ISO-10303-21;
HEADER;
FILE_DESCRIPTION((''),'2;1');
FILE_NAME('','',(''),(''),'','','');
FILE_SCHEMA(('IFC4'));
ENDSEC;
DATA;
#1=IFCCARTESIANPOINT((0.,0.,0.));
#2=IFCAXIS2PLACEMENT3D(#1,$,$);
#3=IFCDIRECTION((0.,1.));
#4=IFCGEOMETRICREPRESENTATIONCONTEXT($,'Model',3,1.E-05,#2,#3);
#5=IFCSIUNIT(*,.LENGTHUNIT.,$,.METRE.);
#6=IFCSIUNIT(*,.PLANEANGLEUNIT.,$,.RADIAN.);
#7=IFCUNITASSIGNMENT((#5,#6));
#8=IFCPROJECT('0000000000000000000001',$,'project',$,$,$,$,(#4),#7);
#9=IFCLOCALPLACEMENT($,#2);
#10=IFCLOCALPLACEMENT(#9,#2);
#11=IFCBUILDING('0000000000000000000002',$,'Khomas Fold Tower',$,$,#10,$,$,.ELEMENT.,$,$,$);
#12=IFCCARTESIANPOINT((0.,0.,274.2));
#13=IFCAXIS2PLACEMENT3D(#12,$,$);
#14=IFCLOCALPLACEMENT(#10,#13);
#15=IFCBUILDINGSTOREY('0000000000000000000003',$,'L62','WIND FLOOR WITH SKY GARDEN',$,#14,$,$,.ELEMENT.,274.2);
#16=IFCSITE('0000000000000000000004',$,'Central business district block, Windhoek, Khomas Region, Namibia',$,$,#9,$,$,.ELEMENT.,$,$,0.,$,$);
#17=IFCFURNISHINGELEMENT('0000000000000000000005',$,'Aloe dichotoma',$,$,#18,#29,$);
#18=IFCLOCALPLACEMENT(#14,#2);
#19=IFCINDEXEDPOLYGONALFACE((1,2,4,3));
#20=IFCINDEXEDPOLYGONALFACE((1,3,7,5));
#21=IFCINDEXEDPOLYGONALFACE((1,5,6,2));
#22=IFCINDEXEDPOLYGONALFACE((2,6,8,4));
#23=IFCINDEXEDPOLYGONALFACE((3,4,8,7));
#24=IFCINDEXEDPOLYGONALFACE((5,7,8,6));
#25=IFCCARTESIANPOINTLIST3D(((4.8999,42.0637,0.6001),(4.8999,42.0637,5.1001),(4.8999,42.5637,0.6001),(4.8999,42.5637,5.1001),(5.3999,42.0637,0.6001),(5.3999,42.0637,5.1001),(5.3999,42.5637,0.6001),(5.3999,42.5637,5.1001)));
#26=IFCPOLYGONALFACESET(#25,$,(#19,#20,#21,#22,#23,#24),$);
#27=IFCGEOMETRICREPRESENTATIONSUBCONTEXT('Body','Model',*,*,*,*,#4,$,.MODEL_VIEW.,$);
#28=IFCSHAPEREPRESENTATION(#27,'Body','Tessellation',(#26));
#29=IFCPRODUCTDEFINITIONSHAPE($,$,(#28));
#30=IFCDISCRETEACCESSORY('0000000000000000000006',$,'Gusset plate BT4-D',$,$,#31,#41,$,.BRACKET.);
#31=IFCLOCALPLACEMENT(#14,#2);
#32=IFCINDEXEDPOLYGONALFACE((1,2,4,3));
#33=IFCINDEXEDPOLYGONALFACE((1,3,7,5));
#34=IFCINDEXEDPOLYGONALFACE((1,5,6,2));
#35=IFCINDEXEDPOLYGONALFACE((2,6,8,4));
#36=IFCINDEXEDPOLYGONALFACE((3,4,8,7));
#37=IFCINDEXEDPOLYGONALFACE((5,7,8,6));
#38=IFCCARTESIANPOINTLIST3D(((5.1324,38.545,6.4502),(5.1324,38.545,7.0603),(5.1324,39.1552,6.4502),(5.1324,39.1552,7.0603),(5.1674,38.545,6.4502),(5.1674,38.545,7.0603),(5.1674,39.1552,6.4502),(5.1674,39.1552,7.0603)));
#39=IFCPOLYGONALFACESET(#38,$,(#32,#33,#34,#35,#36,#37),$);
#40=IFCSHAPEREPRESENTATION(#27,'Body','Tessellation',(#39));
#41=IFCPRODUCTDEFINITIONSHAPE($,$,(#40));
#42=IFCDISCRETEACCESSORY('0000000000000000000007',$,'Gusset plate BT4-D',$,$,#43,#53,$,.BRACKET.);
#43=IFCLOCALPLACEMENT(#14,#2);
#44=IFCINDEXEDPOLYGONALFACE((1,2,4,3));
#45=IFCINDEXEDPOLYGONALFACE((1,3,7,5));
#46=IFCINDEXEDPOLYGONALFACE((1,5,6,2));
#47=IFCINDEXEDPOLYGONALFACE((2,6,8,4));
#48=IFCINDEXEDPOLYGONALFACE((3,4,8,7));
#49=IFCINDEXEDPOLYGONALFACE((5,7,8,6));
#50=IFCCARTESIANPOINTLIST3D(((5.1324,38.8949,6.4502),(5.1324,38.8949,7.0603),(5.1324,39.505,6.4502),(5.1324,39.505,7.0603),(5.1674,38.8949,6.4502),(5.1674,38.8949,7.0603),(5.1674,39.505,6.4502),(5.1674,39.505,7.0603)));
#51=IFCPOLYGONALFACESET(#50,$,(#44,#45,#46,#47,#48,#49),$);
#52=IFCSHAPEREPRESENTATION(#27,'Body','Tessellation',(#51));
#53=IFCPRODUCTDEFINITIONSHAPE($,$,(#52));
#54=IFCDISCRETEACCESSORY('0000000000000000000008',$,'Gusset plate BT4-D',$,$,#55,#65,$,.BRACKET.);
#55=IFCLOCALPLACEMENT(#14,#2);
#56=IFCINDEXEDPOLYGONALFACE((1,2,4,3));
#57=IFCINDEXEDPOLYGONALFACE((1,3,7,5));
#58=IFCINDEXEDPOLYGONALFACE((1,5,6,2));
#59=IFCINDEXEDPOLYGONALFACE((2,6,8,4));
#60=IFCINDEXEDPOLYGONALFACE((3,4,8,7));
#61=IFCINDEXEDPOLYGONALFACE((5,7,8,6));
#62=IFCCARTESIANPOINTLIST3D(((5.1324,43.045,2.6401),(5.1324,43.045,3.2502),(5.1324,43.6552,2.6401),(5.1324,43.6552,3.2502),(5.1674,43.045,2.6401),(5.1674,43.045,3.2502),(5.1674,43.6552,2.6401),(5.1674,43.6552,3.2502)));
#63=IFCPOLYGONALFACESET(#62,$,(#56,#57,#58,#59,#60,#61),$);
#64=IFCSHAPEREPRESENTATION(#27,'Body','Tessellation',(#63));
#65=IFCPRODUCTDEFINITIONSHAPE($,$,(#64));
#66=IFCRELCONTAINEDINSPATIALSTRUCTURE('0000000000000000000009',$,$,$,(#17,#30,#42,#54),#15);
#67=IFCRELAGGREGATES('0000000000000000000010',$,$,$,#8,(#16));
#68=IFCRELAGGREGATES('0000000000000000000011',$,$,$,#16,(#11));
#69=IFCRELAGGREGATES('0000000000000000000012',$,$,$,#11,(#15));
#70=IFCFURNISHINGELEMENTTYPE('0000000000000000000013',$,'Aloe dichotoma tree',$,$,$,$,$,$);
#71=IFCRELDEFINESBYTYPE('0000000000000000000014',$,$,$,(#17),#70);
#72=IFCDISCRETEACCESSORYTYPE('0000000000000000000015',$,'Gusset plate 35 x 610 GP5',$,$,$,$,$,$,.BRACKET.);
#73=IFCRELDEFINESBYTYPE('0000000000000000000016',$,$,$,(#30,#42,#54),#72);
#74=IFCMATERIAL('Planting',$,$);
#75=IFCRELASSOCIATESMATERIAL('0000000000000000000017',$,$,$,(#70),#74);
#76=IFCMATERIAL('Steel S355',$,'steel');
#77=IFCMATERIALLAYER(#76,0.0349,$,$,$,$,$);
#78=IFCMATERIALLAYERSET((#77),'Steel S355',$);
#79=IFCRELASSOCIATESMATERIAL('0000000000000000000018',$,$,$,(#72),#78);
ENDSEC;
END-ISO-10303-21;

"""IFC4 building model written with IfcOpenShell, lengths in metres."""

from ifc_helpers import new_model, si_unit, direction, frame, origin, origin_2d, place, context, subcontext, project, spatial, rectangle, extrude, source, transform, mapped, material, layer, layer_set, type_object, element, save


model = new_model("IFC4")

# Units and contexts
model_context = context("Model", 3, precision=1e-05, world=origin(), true_north=direction((0.0, 1.0)))
body_context = subcontext(model_context, "Body", "Model", "MODEL_VIEW")
ifc_project = project(units=[si_unit("LENGTHUNIT", "METRE"), si_unit("PLANEANGLEUNIT", "RADIAN")], contexts=[model_context])

# Site, building, storey
site_placement = place(None, origin())
site = spatial("IfcSite", under=ifc_project, at=site_placement, Name="Central business district block, Windhoek, Khomas Region, Namibia", CompositionType="ELEMENT", RefElevation=0.0)
building_placement = place(site_placement, origin())
building = spatial("IfcBuilding", under=site, at=building_placement, Name="Khomas Fold Tower", CompositionType="ELEMENT")
storey_placement = place(building_placement, frame((0.0, 0.0, 274.2)))
storey = spatial("IfcBuildingStorey", under=building, at=storey_placement, Name="L62", Description="WIND FLOOR WITH SKY GARDEN", CompositionType="ELEMENT", Elevation=274.2)

# Furnishing element
ifc_material_1 = material(Name="Planting")
furnishing_element_type_1 = type_object("IfcFurnishingElementType", Name="Aloe dichotoma tree", material=ifc_material_1)
shared_shape_1 = source(origin(), body_context, "Body", "SweptSolid", [
    extrude(rectangle(XDim=0.5, YDim=0.5, at=origin_2d()), origin(), (0.0, 0.0, 1.0), 4.5),
])
furnishing_1_placement = place(storey_placement, frame((5.1499, 42.3137, 0.6001), z_axis=(0.0, 0.0, 1.0), x_axis=(1.0, 0.0, 0.0)))
element("IfcFurnishingElement", 1, at=furnishing_1_placement, inside=storey, type_object=furnishing_element_type_1, Name="Aloe dichotoma", context=body_context, shape_type="MappedRepresentation", body=[
    mapped(shared_shape_1, transform((0.0, 0.0, 0.0))),
])

# Discrete accessories
ifc_material_2 = material(Name="Steel S355", Category="steel")
ifc_layer_1 = layer(ifc_material_2, 0.0349)
ifc_layer_set_1 = layer_set([ifc_layer_1], Name="Steel S355")
discrete_accessory_type = type_object("IfcDiscreteAccessoryType", Name="Gusset plate 35 x 610 GP5", PredefinedType="BRACKET", material=ifc_layer_set_1)
shared_shape_2 = source(origin(), body_context, "Body", "SweptSolid", [
    extrude(rectangle(XDim=0.6101, YDim=0.0349, at=origin_2d()), origin(), (0.0, 0.0, 1.0), 0.6101),
])
for number, where, z_axis, x_axis, name in (
    (2, (5.1499, 38.8501, 6.4502), (0.0, 0.0, 1.0), (0.0, 1.0, 0.0), "Gusset plate BT4-D"),
    (3, (5.1499, 39.2, 6.4502), (0.0, 0.0, 1.0), (0.0, 1.0, 0.0), "Gusset plate BT4-D"),
    (4, (5.1499, 43.3501, 2.6401), (0.0, 0.0, 1.0), (0.0, 1.0, 0.0), "Gusset plate BT4-D"),
):
    element("IfcDiscreteAccessory", number, at=place(storey_placement, frame(where, z_axis=z_axis, x_axis=x_axis)), inside=storey, type_object=discrete_accessory_type, Name=name, PredefinedType="BRACKET", context=body_context, shape_type="MappedRepresentation", body=[
        mapped(shared_shape_2, transform((0.0, 0.0, 0.0))),
    ])

save(model, "model.ifc")
